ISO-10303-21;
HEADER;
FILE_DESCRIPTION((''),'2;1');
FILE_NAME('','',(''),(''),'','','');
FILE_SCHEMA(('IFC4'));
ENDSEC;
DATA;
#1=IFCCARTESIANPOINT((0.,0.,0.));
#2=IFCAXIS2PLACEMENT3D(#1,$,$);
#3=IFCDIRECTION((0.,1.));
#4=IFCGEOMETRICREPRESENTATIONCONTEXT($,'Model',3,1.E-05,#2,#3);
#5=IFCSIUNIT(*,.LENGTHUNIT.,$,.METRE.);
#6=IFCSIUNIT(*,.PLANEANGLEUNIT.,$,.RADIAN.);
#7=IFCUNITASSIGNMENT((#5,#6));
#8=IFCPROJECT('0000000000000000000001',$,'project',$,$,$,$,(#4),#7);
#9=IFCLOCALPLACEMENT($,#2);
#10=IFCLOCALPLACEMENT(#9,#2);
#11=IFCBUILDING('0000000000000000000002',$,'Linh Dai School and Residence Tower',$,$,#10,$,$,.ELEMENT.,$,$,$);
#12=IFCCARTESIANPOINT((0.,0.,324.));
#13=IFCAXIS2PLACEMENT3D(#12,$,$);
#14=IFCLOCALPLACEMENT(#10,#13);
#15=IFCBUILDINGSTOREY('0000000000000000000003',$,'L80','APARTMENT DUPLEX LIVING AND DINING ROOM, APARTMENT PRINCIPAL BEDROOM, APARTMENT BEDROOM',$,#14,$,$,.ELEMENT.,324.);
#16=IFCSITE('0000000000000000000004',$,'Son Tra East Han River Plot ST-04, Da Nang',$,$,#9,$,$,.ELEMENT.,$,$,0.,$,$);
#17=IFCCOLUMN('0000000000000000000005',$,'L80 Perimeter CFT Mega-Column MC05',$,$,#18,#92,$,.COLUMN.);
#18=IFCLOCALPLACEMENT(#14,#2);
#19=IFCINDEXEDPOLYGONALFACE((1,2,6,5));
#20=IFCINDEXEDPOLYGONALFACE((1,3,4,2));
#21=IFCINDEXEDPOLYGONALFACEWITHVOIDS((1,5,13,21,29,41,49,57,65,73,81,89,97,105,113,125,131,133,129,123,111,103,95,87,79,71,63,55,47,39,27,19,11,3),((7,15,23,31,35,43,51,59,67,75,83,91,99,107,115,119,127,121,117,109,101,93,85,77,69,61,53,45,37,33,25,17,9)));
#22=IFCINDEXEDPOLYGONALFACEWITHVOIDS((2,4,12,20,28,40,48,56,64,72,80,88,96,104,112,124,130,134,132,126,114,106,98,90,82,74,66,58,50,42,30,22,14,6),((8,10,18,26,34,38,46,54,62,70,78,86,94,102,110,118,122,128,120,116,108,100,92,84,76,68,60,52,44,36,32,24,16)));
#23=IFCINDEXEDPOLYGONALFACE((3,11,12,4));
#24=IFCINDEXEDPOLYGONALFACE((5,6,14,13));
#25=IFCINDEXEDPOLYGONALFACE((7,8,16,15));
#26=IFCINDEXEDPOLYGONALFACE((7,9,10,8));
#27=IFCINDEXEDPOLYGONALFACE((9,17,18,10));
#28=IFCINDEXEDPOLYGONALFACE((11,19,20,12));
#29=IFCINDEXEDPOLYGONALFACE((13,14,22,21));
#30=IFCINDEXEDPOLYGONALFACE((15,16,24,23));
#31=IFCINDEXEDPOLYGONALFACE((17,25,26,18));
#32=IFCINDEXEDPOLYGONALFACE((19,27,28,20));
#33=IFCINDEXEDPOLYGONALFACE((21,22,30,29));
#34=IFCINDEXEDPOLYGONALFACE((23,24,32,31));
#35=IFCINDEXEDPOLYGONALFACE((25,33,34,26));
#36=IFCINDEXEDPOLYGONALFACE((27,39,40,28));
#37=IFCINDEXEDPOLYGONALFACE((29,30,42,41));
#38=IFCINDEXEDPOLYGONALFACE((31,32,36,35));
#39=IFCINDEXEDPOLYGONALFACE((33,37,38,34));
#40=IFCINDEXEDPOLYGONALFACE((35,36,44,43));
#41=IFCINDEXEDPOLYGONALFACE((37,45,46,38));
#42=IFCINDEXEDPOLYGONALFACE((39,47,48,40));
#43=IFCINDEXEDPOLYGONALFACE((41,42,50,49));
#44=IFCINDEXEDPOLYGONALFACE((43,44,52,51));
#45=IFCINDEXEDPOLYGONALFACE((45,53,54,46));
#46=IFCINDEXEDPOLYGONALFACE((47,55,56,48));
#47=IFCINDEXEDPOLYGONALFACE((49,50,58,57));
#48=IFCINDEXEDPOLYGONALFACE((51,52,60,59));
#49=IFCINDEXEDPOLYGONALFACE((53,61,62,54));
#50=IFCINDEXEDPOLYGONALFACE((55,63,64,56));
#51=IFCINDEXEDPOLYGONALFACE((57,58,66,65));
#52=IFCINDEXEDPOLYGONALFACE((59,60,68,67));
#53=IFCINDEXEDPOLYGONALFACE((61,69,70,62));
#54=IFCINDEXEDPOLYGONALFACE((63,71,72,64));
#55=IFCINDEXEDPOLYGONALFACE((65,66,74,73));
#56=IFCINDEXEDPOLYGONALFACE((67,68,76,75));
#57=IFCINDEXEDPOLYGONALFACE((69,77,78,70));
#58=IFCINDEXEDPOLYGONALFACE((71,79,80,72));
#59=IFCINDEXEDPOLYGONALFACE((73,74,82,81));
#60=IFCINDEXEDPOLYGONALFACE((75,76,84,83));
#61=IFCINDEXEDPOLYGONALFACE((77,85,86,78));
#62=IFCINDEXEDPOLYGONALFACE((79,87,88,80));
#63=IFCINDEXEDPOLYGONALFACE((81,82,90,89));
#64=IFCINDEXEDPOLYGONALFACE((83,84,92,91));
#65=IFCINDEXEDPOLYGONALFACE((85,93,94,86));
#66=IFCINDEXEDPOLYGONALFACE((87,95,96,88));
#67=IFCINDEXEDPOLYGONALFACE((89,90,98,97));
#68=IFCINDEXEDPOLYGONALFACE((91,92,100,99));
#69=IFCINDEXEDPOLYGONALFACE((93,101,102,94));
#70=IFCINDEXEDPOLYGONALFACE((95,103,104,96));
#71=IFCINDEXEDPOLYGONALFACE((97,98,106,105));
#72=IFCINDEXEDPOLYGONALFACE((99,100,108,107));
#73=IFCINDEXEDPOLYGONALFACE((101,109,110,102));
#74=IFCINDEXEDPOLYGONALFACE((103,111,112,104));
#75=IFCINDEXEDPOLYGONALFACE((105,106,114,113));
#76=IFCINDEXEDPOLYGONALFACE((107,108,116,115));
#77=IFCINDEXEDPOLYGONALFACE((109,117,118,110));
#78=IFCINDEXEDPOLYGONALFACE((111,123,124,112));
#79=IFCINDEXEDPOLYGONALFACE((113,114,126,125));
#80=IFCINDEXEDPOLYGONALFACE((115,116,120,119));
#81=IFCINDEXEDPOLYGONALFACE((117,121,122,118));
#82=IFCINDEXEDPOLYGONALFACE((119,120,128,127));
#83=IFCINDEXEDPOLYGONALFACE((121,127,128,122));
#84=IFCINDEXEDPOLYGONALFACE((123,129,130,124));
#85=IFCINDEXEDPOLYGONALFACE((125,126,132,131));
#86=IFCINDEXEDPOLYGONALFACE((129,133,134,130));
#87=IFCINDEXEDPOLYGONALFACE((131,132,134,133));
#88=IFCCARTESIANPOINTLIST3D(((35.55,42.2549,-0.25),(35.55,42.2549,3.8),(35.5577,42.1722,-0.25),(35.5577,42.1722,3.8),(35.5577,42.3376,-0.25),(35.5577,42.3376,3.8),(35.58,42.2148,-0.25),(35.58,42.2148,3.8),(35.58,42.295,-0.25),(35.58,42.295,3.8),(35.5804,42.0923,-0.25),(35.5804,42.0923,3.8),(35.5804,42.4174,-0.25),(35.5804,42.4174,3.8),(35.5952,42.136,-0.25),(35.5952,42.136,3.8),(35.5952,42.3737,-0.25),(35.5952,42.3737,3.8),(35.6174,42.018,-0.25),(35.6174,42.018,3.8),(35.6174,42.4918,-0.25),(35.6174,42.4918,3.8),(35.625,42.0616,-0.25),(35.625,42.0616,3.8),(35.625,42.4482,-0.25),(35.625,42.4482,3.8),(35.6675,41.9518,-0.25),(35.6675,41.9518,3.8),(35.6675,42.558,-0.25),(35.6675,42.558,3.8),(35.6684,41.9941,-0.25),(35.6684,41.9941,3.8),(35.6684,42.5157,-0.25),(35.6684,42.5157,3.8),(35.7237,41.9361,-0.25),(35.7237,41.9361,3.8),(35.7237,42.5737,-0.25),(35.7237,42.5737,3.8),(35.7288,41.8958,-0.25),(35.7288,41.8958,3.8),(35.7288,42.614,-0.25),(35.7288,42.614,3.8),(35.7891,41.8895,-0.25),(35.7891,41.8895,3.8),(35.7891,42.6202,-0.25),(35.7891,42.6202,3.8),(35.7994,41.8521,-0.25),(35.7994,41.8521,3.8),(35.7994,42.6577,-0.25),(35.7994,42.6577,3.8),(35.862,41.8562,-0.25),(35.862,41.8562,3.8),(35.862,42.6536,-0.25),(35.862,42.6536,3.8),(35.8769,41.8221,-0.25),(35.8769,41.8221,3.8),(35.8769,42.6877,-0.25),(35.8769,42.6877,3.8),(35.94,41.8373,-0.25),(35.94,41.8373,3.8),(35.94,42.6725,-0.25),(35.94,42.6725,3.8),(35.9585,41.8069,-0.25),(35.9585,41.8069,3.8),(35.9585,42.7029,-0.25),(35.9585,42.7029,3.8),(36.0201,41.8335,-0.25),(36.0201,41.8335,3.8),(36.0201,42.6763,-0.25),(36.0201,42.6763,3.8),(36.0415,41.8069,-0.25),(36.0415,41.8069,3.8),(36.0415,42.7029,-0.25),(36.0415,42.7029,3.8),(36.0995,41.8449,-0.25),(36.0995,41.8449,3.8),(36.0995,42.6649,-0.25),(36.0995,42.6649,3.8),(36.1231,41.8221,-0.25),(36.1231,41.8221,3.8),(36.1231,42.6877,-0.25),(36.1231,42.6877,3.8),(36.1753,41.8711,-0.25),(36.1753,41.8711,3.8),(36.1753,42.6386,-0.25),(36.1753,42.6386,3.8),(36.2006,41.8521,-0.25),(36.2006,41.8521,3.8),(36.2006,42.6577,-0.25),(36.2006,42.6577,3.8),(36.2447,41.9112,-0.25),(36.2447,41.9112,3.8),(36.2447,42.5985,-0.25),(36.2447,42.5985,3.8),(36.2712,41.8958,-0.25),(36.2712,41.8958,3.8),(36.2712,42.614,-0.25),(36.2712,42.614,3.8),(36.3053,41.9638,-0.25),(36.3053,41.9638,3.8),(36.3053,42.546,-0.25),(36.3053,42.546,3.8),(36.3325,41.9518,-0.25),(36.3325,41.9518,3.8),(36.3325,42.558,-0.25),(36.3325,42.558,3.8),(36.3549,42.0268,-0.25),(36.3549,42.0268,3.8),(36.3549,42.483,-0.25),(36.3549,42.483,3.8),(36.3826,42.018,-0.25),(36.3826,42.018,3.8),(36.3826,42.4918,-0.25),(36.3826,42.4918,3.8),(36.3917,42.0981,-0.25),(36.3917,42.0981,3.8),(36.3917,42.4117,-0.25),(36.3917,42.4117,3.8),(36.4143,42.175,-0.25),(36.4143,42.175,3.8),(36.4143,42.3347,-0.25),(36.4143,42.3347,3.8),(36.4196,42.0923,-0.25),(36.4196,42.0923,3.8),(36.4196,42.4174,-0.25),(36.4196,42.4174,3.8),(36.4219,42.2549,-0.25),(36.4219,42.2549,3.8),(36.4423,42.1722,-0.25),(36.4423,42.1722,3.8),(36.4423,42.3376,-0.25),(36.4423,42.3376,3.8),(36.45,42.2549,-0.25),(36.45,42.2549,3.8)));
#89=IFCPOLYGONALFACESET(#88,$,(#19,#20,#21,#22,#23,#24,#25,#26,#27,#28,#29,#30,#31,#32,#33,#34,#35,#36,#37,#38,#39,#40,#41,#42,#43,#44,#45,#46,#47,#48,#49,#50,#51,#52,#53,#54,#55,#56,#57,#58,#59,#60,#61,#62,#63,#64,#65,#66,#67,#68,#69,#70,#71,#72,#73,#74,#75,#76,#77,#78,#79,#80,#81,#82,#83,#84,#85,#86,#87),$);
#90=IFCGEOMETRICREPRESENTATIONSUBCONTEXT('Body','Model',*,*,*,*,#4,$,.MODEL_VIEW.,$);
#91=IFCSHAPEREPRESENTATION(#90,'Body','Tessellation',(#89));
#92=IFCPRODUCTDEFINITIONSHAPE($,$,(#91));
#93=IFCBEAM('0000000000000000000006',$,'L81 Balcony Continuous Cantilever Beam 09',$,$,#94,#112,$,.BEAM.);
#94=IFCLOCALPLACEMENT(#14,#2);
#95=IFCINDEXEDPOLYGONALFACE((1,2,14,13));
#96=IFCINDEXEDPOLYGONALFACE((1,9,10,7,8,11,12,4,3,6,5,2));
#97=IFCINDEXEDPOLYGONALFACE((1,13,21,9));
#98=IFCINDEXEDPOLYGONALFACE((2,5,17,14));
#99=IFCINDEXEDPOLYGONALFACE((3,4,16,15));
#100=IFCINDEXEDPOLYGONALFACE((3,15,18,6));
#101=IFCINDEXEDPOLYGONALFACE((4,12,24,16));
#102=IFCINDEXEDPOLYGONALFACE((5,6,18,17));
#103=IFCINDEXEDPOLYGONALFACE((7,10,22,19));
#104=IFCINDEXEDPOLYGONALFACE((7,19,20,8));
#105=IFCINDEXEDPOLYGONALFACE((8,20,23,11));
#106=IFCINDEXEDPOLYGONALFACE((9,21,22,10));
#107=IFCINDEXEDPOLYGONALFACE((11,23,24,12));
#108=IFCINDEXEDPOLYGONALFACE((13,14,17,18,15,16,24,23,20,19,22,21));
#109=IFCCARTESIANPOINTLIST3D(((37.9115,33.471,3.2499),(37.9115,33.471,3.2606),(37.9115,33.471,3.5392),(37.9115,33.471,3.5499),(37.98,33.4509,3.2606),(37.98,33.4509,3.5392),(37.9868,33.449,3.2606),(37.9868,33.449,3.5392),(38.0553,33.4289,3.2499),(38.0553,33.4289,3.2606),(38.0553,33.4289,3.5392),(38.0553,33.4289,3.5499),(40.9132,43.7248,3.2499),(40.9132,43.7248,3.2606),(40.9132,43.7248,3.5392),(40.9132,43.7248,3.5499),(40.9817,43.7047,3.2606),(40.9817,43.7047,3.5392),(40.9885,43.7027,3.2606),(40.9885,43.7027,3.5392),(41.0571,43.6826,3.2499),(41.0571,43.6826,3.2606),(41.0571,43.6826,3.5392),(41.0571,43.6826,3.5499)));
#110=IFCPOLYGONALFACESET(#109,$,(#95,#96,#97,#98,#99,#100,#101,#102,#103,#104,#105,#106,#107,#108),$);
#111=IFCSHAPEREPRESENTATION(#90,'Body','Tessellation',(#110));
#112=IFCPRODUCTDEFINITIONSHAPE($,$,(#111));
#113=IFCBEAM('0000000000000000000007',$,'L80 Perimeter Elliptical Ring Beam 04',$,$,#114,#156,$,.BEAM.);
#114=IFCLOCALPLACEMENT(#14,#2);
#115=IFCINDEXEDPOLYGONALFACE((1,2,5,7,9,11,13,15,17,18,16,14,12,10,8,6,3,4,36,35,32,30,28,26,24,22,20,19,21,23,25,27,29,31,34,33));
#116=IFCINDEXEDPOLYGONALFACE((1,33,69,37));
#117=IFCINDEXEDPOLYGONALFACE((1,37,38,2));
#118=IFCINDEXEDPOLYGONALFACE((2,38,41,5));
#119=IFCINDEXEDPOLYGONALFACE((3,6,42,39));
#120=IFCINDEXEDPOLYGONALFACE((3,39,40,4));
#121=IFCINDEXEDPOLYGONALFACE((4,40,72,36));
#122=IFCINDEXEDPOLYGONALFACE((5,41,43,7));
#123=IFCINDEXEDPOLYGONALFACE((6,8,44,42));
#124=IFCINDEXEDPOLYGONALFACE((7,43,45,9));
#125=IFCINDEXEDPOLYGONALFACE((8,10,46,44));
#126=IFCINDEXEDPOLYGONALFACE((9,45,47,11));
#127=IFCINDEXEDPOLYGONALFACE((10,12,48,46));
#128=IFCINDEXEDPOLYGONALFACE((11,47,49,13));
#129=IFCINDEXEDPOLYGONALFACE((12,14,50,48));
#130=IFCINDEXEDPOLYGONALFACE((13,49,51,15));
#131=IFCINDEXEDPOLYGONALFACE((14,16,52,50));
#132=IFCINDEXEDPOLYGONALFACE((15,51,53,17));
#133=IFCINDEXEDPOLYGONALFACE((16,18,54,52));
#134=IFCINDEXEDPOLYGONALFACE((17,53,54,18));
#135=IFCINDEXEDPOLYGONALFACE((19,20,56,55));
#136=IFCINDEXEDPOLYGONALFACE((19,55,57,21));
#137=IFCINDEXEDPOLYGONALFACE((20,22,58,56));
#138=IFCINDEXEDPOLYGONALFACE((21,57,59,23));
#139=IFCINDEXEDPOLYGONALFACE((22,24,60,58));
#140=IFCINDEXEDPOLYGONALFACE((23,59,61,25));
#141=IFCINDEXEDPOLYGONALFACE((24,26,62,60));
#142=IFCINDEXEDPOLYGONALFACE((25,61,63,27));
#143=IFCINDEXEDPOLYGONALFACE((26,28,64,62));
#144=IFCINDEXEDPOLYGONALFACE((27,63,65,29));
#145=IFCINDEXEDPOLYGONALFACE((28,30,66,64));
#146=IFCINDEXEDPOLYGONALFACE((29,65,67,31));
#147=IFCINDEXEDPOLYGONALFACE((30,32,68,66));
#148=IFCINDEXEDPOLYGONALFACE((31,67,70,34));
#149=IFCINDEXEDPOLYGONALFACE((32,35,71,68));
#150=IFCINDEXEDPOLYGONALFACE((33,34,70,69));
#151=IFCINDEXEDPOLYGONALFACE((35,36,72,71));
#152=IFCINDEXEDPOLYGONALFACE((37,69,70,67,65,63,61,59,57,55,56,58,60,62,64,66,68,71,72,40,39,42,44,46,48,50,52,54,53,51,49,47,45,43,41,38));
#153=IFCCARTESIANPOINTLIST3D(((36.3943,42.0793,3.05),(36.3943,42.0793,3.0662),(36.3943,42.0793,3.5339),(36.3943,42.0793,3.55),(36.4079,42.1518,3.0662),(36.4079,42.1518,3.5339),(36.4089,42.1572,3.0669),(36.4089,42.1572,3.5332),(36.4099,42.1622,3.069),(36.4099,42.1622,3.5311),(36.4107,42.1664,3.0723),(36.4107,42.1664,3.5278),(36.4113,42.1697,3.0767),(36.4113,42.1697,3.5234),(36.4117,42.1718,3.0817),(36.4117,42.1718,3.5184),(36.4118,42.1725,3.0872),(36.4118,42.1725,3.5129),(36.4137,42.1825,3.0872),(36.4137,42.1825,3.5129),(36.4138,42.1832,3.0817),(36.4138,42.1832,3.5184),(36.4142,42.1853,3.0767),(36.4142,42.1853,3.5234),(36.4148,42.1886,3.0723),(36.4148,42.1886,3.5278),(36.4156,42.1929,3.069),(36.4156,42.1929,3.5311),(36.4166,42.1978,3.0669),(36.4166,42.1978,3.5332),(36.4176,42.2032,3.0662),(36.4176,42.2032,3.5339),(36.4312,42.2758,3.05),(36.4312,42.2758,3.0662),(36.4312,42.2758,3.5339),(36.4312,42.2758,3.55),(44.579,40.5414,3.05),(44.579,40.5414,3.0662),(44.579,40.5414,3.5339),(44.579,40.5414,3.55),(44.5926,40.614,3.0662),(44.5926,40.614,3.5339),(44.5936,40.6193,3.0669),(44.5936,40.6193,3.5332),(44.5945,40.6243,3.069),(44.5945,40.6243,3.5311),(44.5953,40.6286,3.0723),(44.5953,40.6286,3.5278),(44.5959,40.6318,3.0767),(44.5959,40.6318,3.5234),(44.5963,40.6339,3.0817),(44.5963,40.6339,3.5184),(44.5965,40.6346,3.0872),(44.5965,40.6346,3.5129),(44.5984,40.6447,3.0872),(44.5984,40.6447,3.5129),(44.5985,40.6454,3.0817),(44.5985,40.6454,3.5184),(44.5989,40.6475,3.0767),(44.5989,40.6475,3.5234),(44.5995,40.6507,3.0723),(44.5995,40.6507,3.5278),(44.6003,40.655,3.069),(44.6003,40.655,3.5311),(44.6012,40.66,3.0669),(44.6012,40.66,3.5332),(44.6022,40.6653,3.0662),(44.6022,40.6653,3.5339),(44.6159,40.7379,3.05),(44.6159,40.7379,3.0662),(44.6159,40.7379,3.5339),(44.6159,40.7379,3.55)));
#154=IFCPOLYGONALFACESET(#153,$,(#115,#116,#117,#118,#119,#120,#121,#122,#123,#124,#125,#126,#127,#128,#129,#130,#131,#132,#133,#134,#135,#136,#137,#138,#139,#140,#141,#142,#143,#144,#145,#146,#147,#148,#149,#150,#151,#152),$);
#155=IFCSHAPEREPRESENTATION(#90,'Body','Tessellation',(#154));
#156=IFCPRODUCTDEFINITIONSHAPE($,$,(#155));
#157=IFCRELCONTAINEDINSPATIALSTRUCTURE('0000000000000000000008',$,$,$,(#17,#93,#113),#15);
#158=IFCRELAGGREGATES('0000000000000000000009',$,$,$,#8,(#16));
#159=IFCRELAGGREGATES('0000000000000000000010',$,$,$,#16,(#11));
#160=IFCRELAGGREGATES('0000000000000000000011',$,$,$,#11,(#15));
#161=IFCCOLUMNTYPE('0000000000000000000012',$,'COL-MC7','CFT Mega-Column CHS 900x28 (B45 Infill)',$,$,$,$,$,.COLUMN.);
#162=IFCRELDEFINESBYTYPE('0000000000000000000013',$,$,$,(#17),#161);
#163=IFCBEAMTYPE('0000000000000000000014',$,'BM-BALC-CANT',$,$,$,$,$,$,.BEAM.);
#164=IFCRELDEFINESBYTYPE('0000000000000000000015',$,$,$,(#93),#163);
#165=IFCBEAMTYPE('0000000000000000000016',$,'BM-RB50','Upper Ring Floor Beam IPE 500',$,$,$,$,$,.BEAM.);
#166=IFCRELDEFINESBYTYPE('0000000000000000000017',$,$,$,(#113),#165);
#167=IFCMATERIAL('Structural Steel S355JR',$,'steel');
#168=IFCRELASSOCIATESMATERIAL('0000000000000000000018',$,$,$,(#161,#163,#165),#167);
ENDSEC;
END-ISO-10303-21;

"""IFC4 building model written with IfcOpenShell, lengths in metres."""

from ifc_helpers import new_model, si_unit, direction, frame, origin, origin_2d, place, context, subcontext, project, spatial, hollow_circle, i_section, extrude, material, material_profile, profile_set, type_object, element, save


model = new_model("IFC4")

# Units and contexts
model_context = context("Model", 3, precision=1e-05, world=origin(), true_north=direction((0.0, 1.0)))
body_context = subcontext(model_context, "Body", "Model", "MODEL_VIEW")
ifc_project = project(units=[si_unit("LENGTHUNIT", "METRE"), si_unit("PLANEANGLEUNIT", "RADIAN")], contexts=[model_context])

# Site, building, storey
site_placement = place(None, origin())
site = spatial("IfcSite", under=ifc_project, at=site_placement, Name="Son Tra East Han River Plot ST-04, Da Nang", CompositionType="ELEMENT", RefElevation=0.0)
building_placement = place(site_placement, origin())
building = spatial("IfcBuilding", under=site, at=building_placement, Name="Linh Dai School and Residence Tower", CompositionType="ELEMENT")
storey_placement = place(building_placement, frame((0.0, 0.0, 324.0)))
storey = spatial("IfcBuildingStorey", under=building, at=storey_placement, Name="L80", Description="APARTMENT DUPLEX LIVING AND DINING ROOM, APARTMENT PRINCIPAL BEDROOM, APARTMENT BEDROOM", CompositionType="ELEMENT", Elevation=324.0)

# Column
ifc_material_1 = material(Name="Structural Steel S355JR", Category="steel")
ifc_material_profile_1 = material_profile(ifc_material_1, hollow_circle(Radius=0.45, WallThickness=0.0281, at=origin_2d()), Name="CHS 900x28")
ifc_profile_set_1 = profile_set([ifc_material_profile_1], Name="Structural Steel S355JR")
column_type = type_object("IfcColumnType", Name="COL-MC7", Description="CFT Mega-Column CHS 900x28 (B45 Infill)", PredefinedType="COLUMN", material=ifc_profile_set_1)
column_placement = place(storey_placement, frame((36.0, 42.2549, -0.25), z_axis=(0.0, 0.0, 1.0), x_axis=(1.0, 0.0, 0.0)))
element("IfcColumn", 1, at=column_placement, inside=storey, type_object=column_type, Name="L80 Perimeter CFT Mega-Column MC05", PredefinedType="COLUMN", context=body_context, shape_type="SweptSolid", body=[
    extrude(hollow_circle(Radius=0.45, WallThickness=0.0281, at=origin_2d()), origin(), (0.0, 0.0, 1.0), 4.05),
])

# Beams
ifc_material_profile_2 = material_profile(ifc_material_1, i_section(OverallWidth=0.1499, OverallDepth=0.3, WebThickness=0.0071, FlangeThickness=0.0107, at=origin_2d()), Name="IPE 300")
ifc_profile_set_2 = profile_set([ifc_material_profile_2], Name="Structural Steel S355JR")
beam_type_1 = type_object("IfcBeamType", Name="BM-BALC-CANT", PredefinedType="BEAM", material=ifc_profile_set_2)
beam_1_placement = place(storey_placement, frame((37.9834, 33.45, 3.3999), z_axis=(0.280954, 0.959721, 0.0), x_axis=(-0.959721, 0.280954, 0.0)))
element("IfcBeam", 2, at=beam_1_placement, inside=storey, type_object=beam_type_1, Name="L81 Balcony Continuous Cantilever Beam 09", PredefinedType="BEAM", context=body_context, shape_type="SweptSolid", body=[
    extrude(i_section(OverallWidth=0.1499, OverallDepth=0.3, WebThickness=0.0071, FlangeThickness=0.0107, at=origin_2d()), origin(), (0.0, 0.0, 1.0), 10.6841),
])
ifc_material_profile_3 = material_profile(ifc_material_1, i_section(OverallWidth=0.2, OverallDepth=0.5, WebThickness=0.0103, FlangeThickness=0.0161, FilletRadius=0.021, at=origin_2d()), Name="IPE 500")
ifc_profile_set_3 = profile_set([ifc_material_profile_3], Name="Structural Steel S355JR")
beam_type_2 = type_object("IfcBeamType", Name="BM-RB50", Description="Upper Ring Floor Beam IPE 500", PredefinedType="BEAM", material=ifc_profile_set_3)
beam_2_placement = place(storey_placement, frame((44.5974, 40.6396, 3.3), z_axis=(-0.982802, 0.184664, 0.0), x_axis=(-0.184664, -0.982802, 0.0)))
element("IfcBeam", 3, at=beam_2_placement, inside=storey, type_object=beam_type_2, Name="L80 Perimeter Elliptical Ring Beam 04", PredefinedType="BEAM", context=body_context, shape_type="SweptSolid", body=[
    extrude(i_section(OverallWidth=0.2, OverallDepth=0.5, WebThickness=0.0103, FlangeThickness=0.0161, FilletRadius=0.021, at=origin_2d()), origin(), (0.0, 0.0, 1.0), 8.3279),
])

save(model, "model.ifc")
